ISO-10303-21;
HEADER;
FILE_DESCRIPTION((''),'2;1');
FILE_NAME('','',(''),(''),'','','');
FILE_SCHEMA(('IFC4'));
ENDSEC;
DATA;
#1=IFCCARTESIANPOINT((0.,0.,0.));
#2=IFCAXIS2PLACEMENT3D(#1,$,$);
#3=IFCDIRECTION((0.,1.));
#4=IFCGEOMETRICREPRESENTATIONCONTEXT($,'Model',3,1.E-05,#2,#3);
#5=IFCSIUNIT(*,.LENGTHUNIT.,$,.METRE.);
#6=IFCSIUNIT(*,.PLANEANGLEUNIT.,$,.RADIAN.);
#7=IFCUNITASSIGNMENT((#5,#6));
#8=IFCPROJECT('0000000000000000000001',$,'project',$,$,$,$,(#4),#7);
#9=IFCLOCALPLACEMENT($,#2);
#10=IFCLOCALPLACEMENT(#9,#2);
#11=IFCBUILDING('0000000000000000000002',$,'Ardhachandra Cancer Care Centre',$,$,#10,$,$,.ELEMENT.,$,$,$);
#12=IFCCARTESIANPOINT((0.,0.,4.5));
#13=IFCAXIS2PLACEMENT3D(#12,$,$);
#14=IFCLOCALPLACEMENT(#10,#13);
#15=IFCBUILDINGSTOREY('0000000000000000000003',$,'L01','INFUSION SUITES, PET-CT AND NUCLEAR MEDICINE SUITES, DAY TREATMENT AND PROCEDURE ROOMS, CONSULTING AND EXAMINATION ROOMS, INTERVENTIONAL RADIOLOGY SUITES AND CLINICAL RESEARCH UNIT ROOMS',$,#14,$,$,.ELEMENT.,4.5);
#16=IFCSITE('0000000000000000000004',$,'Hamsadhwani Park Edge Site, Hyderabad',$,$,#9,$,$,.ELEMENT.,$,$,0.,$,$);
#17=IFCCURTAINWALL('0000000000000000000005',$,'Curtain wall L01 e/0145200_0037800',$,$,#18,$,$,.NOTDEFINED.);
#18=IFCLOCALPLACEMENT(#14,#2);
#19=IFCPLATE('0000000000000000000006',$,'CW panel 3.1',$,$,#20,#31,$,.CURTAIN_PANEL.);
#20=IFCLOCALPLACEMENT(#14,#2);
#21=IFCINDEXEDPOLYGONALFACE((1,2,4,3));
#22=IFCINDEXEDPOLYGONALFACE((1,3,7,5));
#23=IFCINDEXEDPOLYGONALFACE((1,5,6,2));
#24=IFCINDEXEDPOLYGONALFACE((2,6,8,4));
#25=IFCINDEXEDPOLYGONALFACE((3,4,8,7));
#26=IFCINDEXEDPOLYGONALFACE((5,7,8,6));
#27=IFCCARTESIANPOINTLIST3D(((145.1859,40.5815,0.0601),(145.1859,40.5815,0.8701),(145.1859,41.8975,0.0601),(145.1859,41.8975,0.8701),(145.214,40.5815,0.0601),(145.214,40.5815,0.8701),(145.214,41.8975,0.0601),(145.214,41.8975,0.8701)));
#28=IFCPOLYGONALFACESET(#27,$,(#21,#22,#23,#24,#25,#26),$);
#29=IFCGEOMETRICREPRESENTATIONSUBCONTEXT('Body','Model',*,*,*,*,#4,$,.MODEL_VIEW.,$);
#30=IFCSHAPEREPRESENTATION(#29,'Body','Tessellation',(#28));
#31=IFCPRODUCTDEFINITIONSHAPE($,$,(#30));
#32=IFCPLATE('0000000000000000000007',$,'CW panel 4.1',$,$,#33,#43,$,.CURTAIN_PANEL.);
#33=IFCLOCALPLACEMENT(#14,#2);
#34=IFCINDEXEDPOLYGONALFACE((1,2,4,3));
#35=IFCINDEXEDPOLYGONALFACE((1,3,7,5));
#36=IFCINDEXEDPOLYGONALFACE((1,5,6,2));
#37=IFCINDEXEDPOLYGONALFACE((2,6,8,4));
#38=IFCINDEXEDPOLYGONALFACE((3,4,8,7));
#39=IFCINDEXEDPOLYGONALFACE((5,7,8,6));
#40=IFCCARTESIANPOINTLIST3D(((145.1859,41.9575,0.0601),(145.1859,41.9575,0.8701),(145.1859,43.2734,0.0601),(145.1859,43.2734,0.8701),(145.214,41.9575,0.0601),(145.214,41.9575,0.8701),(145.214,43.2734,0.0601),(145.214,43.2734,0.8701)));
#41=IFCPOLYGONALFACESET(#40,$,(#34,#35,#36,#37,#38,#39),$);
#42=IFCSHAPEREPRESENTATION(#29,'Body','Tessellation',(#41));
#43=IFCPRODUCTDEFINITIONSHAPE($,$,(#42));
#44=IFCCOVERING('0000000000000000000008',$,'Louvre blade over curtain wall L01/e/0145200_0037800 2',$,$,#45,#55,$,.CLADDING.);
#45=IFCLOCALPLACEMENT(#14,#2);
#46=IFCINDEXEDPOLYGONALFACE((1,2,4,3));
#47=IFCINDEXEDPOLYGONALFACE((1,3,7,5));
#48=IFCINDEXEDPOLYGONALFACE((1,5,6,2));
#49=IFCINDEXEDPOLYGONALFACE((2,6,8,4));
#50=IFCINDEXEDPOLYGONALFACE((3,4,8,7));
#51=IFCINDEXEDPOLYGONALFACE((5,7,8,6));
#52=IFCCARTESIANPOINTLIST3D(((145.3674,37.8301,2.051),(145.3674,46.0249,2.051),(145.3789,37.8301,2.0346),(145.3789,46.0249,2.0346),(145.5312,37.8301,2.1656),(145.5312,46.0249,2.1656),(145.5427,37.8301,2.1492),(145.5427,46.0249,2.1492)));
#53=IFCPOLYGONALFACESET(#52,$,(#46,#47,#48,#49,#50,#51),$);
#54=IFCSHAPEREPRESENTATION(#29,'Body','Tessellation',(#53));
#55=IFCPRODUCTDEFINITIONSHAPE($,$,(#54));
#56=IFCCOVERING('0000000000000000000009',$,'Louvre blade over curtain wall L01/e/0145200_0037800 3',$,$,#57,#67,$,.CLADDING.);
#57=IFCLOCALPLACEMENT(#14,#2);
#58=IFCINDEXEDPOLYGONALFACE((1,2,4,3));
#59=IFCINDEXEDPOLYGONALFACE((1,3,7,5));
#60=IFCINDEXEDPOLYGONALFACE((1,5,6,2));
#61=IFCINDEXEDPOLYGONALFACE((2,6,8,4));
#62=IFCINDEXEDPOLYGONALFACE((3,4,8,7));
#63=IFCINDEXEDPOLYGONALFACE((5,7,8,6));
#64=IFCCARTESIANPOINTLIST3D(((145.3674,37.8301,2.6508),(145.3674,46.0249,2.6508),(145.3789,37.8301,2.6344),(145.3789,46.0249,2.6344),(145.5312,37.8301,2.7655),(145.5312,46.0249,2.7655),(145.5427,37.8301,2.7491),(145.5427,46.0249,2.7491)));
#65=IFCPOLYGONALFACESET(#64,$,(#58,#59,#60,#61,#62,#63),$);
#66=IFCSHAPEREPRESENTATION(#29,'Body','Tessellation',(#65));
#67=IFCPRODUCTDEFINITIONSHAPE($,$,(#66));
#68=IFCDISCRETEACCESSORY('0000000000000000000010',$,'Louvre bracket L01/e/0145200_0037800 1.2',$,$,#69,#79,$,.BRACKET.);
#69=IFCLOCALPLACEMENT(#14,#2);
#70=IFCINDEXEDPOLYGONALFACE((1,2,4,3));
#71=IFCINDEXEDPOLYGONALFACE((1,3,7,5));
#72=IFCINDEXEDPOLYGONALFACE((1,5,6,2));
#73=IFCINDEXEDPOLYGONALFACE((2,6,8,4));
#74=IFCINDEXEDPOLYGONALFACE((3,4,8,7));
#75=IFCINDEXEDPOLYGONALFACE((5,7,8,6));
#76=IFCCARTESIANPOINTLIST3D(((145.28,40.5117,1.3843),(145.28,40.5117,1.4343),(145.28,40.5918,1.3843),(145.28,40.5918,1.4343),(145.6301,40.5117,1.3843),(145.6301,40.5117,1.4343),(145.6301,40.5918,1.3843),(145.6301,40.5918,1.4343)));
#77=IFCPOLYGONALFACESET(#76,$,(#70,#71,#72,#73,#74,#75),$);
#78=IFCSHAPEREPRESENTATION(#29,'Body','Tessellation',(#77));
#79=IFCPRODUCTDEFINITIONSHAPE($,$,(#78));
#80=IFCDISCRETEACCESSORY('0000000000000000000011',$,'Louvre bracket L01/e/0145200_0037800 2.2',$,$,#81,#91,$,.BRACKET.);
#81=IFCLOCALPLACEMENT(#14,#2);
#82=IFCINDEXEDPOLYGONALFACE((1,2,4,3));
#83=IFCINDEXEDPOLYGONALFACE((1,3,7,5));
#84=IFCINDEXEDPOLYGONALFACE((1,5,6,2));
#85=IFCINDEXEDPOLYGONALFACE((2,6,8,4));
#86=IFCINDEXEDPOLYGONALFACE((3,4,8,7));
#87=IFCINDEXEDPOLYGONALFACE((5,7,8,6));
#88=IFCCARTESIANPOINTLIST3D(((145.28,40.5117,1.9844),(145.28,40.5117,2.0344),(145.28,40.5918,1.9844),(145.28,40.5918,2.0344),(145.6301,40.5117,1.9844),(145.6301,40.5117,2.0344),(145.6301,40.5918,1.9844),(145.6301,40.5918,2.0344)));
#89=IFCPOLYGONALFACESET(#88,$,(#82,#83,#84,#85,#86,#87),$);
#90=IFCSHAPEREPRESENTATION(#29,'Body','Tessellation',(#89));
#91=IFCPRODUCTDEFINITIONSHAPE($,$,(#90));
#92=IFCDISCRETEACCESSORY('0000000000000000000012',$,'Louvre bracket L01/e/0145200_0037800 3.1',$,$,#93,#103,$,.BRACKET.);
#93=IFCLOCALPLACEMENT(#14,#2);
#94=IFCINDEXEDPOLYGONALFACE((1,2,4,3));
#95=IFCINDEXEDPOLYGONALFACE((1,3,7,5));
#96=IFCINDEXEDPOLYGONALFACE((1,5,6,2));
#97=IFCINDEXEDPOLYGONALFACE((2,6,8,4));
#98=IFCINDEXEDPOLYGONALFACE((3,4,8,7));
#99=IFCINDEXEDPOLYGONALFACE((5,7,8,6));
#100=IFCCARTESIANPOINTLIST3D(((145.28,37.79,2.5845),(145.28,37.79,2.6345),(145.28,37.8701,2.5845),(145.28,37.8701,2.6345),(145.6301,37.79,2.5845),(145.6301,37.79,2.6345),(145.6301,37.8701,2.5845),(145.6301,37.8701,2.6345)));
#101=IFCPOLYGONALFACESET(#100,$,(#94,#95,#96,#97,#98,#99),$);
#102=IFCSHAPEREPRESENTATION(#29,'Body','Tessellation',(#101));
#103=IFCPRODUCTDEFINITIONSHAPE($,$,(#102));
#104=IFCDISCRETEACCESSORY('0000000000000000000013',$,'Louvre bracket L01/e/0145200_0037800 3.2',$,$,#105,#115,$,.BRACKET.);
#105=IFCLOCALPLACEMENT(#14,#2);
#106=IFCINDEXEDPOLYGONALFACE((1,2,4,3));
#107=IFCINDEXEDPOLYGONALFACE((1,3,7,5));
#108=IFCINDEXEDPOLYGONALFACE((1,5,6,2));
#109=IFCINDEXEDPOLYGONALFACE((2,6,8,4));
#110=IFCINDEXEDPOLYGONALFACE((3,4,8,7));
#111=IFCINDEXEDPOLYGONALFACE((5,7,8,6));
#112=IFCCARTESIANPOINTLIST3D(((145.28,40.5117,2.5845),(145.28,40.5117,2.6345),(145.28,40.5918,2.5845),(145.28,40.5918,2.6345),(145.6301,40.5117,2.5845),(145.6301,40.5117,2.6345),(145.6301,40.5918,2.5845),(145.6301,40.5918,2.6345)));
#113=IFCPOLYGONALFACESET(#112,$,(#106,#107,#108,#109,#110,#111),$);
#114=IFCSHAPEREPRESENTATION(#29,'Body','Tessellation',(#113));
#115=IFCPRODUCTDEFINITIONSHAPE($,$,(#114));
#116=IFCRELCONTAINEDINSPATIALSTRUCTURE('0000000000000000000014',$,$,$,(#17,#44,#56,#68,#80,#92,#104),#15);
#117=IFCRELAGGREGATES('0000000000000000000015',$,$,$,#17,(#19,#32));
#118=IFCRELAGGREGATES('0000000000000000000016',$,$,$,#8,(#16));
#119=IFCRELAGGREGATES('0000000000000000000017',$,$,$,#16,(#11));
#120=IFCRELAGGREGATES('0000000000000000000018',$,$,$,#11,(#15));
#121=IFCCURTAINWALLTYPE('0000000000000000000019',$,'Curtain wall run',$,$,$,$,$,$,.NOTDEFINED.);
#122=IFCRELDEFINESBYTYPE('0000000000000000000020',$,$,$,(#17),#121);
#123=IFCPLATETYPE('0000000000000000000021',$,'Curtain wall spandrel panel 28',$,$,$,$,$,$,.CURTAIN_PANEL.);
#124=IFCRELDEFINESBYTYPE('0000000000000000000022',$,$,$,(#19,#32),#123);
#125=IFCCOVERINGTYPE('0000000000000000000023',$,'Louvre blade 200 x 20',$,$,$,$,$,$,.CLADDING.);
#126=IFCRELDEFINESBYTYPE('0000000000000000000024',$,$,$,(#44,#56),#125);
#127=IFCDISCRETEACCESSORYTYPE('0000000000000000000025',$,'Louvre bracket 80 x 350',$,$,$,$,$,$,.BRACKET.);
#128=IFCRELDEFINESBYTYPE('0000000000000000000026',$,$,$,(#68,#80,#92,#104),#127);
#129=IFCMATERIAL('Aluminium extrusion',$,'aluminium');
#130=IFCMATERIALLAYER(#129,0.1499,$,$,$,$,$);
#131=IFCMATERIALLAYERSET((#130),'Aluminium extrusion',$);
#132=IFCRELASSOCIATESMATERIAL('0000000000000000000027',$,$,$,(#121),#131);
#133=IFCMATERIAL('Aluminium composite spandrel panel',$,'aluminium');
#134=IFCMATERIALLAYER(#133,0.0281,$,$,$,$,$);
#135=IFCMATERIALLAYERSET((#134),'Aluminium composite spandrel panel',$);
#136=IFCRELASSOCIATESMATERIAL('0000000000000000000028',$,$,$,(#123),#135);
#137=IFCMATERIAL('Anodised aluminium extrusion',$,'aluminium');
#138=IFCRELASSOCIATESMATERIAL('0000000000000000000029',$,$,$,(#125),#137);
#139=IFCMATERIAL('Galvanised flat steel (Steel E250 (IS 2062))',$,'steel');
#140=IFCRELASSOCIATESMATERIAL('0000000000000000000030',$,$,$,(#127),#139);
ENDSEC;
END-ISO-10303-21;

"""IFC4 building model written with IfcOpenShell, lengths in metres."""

from ifc_helpers import new_model, si_unit, direction, frame, origin, origin_2d, place, context, subcontext, project, spatial, rectangle, extrude, material, layer, layer_set, material_profile, profile_set, type_object, element, aggregate, save


model = new_model("IFC4")

# Units and contexts
model_context = context("Model", 3, precision=1e-05, world=origin(), true_north=direction((0.0, 1.0)))
body_context = subcontext(model_context, "Body", "Model", "MODEL_VIEW")
ifc_project = project(units=[si_unit("LENGTHUNIT", "METRE"), si_unit("PLANEANGLEUNIT", "RADIAN")], contexts=[model_context])

# Site, building, storey
site_placement = place(None, origin())
site = spatial("IfcSite", under=ifc_project, at=site_placement, Name="Hamsadhwani Park Edge Site, Hyderabad", CompositionType="ELEMENT", RefElevation=0.0)
building_placement = place(site_placement, origin())
building = spatial("IfcBuilding", under=site, at=building_placement, Name="Ardhachandra Cancer Care Centre", CompositionType="ELEMENT")
storey_placement = place(building_placement, frame((0.0, 0.0, 4.5)))
storey = spatial("IfcBuildingStorey", under=building, at=storey_placement, Name="L01", Description="INFUSION SUITES, PET-CT AND NUCLEAR MEDICINE SUITES, DAY TREATMENT AND PROCEDURE ROOMS, CONSULTING AND EXAMINATION ROOMS, INTERVENTIONAL RADIOLOGY SUITES AND CLINICAL RESEARCH UNIT ROOMS", CompositionType="ELEMENT", Elevation=4.5)

# Curtain wall, plates
ifc_material_1 = material(Name="Aluminium extrusion", Category="aluminium")
ifc_layer_1 = layer(ifc_material_1, 0.1499)
ifc_layer_set_1 = layer_set([ifc_layer_1], Name="Aluminium extrusion")
curtain_wall_type = type_object("IfcCurtainWallType", Name="Curtain wall run", PredefinedType="NOTDEFINED", material=ifc_layer_set_1)
curtain_wall_placement = place(storey_placement, origin())
curtain_wall = element("IfcCurtainWall", 1, at=curtain_wall_placement, inside=storey, type_object=curtain_wall_type, Name="Curtain wall L01 e/0145200_0037800", PredefinedType="NOTDEFINED")
ifc_material_2 = material(Name="Aluminium composite spandrel panel", Category="aluminium")
ifc_layer_2 = layer(ifc_material_2, 0.0281)
ifc_layer_set_2 = layer_set([ifc_layer_2], Name="Aluminium composite spandrel panel")
plate_type_1 = type_object("IfcPlateType", Name="Curtain wall spandrel panel 28", PredefinedType="CURTAIN_PANEL", material=ifc_layer_set_2)
plate_1_placement = place(storey_placement, frame((145.2, 41.2395, 0.0601), z_axis=(0.0, 0.0, 1.0), x_axis=(0.0, 1.0, 0.0)))
plate_1 = element("IfcPlate", 2, at=plate_1_placement, type_object=plate_type_1, Name="CW panel 3.1", PredefinedType="CURTAIN_PANEL", context=body_context, shape_type="SweptSolid", body=[
    extrude(rectangle(XDim=1.3159, YDim=0.0281, at=origin_2d()), origin(), (0.0, 0.0, 1.0), 0.8101),
])
plate_2_placement = place(storey_placement, frame((145.2, 42.6155, 0.0601), z_axis=(0.0, 0.0, 1.0), x_axis=(0.0, 1.0, 0.0)))
plate_2 = element("IfcPlate", 3, at=plate_2_placement, type_object=plate_type_1, Name="CW panel 4.1", PredefinedType="CURTAIN_PANEL", context=body_context, shape_type="SweptSolid", body=[
    extrude(rectangle(XDim=1.3159, YDim=0.0281, at=origin_2d()), origin(), (0.0, 0.0, 1.0), 0.8101),
])
aggregate(curtain_wall, [plate_1, plate_2])

# Coverings
ifc_material_3 = material(Name="Anodised aluminium extrusion", Category="aluminium")
ifc_material_profile_1 = material_profile(ifc_material_3, rectangle(XDim=0.2, YDim=0.02, at=origin_2d()), Name="Louvre blade 200 x 20")
ifc_profile_set_1 = profile_set([ifc_material_profile_1], Name="Anodised aluminium extrusion")
covering_type = type_object("IfcCoveringType", Name="Louvre blade 200 x 20", PredefinedType="CLADDING", material=ifc_profile_set_1)
for number, where, z_axis, x_axis, name in (
    (4, (145.4551, 37.8301, 2.1001), (0.0, 1.0, 0.0), (-0.819152, 0.0, -0.573576), "Louvre blade over curtain wall L01/e/0145200_0037800 2"),
    (5, (145.4551, 37.8301, 2.7), (0.0, 1.0, 0.0), (-0.819152, 0.0, -0.573576), "Louvre blade over curtain wall L01/e/0145200_0037800 3"),
):
    element("IfcCovering", number, at=place(storey_placement, frame(where, z_axis=z_axis, x_axis=x_axis)), inside=storey, type_object=covering_type, Name=name, PredefinedType="CLADDING", context=body_context, shape_type="SweptSolid", body=[
        extrude(rectangle(XDim=0.2, YDim=0.02, at=origin_2d()), origin(), (0.0, 0.0, 1.0), 8.1948),
    ])

# Discrete accessories
ifc_material_4 = material(Name="Galvanised flat steel (Steel E250 (IS 2062))", Category="steel")
discrete_accessory_type = type_object("IfcDiscreteAccessoryType", Name="Louvre bracket 80 x 350", PredefinedType="BRACKET", material=ifc_material_4)
for number, where, z_axis, x_axis, name in (
    (6, (145.4551, 40.5518, 1.3843), (0.0, 0.0, 1.0), (0.0, 1.0, 0.0), "Louvre bracket L01/e/0145200_0037800 1.2"),
    (7, (145.4551, 40.5518, 1.9844), (0.0, 0.0, 1.0), (0.0, 1.0, 0.0), "Louvre bracket L01/e/0145200_0037800 2.2"),
    (8, (145.4551, 37.8301, 2.5845), (0.0, 0.0, 1.0), (0.0, 1.0, 0.0), "Louvre bracket L01/e/0145200_0037800 3.1"),
    (9, (145.4551, 40.5518, 2.5845), (0.0, 0.0, 1.0), (0.0, 1.0, 0.0), "Louvre bracket L01/e/0145200_0037800 3.2"),
):
    element("IfcDiscreteAccessory", number, at=place(storey_placement, frame(where, z_axis=z_axis, x_axis=x_axis)), inside=storey, type_object=discrete_accessory_type, Name=name, PredefinedType="BRACKET", context=body_context, shape_type="SweptSolid", body=[
        extrude(rectangle(XDim=0.0801, YDim=0.3501, at=origin_2d()), origin(), (0.0, 0.0, 1.0), 0.05),
    ])

save(model, "model.ifc")
